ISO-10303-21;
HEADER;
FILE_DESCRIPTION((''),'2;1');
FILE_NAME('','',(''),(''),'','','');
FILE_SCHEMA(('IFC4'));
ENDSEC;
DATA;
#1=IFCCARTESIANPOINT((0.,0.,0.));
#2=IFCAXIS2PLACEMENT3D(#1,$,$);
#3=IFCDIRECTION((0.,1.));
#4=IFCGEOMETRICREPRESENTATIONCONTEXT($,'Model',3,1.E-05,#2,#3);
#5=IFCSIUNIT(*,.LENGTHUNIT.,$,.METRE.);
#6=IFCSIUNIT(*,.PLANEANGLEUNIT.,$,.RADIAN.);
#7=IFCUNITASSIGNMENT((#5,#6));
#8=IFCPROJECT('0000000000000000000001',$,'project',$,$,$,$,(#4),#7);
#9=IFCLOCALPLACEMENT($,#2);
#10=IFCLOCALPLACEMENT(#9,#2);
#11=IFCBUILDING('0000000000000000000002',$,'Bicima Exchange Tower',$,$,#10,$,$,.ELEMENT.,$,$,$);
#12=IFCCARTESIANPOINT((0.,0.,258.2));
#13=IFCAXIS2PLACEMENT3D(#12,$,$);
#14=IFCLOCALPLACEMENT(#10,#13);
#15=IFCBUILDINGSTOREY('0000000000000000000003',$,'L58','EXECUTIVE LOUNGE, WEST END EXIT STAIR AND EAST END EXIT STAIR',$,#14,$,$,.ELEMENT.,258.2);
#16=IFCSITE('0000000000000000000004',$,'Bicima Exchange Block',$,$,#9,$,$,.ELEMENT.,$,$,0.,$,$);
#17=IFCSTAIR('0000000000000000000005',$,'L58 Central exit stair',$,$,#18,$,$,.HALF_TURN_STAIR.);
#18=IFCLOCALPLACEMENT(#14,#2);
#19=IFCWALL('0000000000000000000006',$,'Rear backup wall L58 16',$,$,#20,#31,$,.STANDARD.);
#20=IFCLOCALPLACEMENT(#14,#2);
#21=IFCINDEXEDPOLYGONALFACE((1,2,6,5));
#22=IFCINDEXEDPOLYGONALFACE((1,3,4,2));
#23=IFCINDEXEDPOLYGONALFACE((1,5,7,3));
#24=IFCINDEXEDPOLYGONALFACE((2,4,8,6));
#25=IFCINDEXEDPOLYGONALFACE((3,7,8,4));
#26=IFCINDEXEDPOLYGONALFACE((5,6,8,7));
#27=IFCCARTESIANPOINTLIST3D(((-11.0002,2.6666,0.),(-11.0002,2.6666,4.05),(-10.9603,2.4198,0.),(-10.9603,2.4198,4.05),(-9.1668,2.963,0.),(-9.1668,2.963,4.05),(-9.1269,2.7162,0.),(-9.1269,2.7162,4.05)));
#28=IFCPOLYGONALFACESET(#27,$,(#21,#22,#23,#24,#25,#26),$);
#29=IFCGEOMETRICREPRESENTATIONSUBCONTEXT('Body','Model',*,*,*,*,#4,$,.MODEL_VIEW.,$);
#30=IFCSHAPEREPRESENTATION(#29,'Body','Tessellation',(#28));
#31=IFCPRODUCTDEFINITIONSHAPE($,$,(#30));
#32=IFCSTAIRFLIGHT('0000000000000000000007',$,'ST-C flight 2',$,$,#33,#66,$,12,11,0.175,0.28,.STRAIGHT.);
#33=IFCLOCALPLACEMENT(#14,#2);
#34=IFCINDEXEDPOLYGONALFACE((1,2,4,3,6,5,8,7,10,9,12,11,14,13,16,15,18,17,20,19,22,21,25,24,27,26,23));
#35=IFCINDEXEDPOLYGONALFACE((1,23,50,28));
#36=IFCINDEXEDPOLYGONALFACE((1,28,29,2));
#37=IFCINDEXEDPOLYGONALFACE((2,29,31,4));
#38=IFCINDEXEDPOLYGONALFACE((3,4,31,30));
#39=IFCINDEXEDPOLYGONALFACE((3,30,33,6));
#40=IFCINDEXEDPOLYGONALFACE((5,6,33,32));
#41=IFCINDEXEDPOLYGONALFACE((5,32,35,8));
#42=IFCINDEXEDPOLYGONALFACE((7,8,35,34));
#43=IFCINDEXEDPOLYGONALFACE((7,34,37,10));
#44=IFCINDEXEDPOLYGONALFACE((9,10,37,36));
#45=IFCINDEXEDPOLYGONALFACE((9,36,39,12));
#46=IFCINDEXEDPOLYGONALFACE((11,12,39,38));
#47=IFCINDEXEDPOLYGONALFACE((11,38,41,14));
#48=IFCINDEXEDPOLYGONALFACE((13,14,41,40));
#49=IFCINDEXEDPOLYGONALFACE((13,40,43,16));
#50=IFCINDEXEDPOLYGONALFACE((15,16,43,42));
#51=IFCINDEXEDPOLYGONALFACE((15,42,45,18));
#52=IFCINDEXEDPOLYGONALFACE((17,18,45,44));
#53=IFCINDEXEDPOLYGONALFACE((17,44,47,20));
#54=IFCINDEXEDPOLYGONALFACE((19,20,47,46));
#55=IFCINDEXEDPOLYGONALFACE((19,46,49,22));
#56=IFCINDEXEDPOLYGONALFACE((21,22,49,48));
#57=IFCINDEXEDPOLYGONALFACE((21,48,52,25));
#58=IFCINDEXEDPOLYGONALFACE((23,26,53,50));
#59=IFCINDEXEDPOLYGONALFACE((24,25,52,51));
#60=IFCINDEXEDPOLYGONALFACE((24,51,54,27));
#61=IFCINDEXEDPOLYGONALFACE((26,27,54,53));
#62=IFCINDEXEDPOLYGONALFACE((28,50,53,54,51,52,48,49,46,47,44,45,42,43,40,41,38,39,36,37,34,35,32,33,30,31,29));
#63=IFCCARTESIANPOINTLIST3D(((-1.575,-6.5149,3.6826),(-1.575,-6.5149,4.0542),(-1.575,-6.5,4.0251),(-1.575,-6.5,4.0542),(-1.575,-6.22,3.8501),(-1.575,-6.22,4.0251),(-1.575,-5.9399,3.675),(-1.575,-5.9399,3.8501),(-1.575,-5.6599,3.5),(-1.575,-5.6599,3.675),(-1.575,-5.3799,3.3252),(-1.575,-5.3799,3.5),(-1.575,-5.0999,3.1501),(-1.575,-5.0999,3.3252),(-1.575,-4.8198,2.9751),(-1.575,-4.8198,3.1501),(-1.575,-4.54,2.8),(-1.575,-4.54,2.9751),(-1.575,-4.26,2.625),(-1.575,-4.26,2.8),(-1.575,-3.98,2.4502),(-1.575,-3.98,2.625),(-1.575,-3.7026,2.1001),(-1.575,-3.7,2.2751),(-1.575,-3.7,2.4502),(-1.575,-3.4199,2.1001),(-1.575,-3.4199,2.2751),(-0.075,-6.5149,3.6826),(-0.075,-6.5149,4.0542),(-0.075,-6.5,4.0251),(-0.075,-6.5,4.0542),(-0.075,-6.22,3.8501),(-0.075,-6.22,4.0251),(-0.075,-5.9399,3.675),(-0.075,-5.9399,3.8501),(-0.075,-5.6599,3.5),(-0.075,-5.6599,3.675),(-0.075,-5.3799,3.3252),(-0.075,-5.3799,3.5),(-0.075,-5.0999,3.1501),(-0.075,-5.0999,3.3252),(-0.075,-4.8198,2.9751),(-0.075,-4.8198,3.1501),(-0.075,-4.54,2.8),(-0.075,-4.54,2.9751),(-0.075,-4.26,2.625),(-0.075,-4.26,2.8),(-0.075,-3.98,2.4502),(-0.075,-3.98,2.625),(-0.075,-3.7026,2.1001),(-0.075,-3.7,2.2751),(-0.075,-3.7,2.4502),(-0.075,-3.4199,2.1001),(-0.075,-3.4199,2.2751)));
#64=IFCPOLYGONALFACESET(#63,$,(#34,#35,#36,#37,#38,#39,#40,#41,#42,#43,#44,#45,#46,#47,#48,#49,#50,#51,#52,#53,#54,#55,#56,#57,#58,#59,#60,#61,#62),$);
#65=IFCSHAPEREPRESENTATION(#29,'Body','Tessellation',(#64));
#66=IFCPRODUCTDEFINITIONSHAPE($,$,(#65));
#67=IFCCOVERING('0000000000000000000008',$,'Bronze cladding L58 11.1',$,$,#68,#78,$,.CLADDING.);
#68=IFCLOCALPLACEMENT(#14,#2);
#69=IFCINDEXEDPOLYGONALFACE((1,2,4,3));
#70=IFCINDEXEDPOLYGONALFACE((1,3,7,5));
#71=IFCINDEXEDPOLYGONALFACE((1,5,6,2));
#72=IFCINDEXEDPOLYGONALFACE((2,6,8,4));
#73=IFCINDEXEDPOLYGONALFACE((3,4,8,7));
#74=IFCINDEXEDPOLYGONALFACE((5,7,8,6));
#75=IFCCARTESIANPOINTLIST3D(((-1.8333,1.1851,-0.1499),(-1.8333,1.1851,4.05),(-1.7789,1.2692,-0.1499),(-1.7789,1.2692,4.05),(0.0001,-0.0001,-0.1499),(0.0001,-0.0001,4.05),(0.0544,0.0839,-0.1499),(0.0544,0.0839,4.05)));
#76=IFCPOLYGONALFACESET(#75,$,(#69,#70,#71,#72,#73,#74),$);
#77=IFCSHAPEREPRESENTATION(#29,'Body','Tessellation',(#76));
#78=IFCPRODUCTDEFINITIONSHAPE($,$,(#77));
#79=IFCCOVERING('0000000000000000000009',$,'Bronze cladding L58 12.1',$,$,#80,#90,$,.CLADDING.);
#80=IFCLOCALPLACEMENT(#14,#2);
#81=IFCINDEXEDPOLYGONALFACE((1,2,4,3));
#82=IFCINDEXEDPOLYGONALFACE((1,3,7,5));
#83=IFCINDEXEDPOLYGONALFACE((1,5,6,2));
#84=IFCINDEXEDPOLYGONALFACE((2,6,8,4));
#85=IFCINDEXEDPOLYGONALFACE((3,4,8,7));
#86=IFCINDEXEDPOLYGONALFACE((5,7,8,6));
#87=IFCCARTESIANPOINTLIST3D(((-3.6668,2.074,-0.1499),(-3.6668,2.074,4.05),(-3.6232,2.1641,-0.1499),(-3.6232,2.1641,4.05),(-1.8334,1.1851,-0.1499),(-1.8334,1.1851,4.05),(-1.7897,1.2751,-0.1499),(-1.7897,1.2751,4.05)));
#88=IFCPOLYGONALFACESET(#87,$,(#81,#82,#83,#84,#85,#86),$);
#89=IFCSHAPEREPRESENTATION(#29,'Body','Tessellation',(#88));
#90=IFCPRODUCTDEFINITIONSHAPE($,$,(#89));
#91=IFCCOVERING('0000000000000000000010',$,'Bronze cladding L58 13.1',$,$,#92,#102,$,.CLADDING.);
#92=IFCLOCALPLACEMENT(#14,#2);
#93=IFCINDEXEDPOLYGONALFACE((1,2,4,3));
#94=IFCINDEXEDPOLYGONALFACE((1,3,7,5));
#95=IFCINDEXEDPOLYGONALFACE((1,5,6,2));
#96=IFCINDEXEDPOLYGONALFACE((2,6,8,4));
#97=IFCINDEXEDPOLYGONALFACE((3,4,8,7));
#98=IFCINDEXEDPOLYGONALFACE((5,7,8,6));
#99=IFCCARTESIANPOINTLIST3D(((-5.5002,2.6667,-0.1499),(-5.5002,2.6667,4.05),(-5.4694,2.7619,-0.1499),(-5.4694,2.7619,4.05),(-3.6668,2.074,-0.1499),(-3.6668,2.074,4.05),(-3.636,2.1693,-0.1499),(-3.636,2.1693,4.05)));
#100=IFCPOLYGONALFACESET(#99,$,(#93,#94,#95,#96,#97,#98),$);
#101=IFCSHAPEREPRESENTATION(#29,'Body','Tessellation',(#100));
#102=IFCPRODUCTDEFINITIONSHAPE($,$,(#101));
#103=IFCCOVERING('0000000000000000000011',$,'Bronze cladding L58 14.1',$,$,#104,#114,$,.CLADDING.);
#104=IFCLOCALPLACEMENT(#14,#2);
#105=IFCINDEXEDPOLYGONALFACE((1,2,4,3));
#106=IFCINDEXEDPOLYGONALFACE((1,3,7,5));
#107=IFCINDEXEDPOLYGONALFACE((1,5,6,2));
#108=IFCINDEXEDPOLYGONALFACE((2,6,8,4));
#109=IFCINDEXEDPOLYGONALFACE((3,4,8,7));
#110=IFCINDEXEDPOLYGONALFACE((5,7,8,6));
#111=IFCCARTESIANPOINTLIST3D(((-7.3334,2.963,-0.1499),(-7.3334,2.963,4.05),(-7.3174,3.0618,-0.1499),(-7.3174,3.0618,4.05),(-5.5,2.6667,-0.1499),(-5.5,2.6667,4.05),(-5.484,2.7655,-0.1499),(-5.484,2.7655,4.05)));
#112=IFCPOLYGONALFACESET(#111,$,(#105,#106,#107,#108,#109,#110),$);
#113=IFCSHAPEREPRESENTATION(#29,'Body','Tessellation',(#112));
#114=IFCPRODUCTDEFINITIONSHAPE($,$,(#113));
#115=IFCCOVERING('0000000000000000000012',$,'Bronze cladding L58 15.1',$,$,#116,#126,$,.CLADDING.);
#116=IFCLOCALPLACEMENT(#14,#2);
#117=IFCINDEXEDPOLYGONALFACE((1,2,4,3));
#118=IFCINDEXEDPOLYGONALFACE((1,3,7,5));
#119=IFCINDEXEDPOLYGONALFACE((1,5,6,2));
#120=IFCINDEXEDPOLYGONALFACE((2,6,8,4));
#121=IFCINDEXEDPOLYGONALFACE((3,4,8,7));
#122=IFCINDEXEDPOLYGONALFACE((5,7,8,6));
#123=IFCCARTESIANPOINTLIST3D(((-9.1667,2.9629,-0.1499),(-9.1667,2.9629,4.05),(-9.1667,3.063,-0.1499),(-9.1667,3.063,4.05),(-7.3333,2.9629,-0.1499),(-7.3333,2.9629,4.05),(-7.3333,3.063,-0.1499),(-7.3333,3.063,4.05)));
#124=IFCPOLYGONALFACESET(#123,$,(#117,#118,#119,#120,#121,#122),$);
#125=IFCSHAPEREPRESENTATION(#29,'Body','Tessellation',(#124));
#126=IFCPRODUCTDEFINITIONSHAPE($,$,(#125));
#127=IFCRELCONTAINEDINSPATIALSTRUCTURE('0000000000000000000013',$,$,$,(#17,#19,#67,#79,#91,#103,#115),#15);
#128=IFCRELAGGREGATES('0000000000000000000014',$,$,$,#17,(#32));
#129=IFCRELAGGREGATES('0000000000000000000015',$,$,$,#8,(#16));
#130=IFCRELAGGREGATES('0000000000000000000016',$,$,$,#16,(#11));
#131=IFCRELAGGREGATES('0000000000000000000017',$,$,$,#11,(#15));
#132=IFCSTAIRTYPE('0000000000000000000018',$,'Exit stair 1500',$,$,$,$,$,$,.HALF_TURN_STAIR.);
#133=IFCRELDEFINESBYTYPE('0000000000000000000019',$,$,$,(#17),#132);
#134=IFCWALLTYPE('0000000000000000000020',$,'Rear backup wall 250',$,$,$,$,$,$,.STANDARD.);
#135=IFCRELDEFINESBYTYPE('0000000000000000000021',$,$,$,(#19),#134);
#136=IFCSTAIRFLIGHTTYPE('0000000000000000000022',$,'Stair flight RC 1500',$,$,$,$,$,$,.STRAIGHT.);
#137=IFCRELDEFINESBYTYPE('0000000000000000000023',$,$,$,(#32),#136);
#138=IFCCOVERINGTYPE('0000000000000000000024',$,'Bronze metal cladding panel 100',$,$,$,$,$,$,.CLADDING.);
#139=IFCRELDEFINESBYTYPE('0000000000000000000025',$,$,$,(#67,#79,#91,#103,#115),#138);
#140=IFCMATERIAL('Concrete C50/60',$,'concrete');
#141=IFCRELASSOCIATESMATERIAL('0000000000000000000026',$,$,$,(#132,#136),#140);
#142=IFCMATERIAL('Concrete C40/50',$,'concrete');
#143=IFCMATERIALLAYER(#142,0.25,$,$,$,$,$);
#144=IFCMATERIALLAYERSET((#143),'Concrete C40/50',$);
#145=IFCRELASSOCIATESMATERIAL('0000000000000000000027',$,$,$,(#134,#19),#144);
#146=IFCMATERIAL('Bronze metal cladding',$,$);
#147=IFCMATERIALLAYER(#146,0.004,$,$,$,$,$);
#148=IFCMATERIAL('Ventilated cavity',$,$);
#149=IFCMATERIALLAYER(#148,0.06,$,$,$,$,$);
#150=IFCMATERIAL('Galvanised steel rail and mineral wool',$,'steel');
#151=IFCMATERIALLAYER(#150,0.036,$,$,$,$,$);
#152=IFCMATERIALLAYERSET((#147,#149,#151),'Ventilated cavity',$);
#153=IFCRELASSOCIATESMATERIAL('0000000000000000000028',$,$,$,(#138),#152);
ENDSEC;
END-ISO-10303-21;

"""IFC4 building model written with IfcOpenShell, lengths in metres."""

from ifc_helpers import new_model, si_unit, direction, frame, frame_2d, origin, origin_2d, place, context, subcontext, project, spatial, polyline, rectangle, outline, extrude, material, layer, layer_set, layer_usage, type_object, element, aggregate, save


model = new_model("IFC4")

# Units and contexts
model_context = context("Model", 3, precision=1e-05, world=origin(), true_north=direction((0.0, 1.0)))
body_context = subcontext(model_context, "Body", "Model", "MODEL_VIEW")
ifc_project = project(units=[si_unit("LENGTHUNIT", "METRE"), si_unit("PLANEANGLEUNIT", "RADIAN")], contexts=[model_context])

# Site, building, storey
site_placement = place(None, origin())
site = spatial("IfcSite", under=ifc_project, at=site_placement, Name="Bicima Exchange Block", CompositionType="ELEMENT", RefElevation=0.0)
building_placement = place(site_placement, origin())
building = spatial("IfcBuilding", under=site, at=building_placement, Name="Bicima Exchange Tower", CompositionType="ELEMENT")
storey_placement = place(building_placement, frame((0.0, 0.0, 258.2)))
storey = spatial("IfcBuildingStorey", under=building, at=storey_placement, Name="L58", Description="EXECUTIVE LOUNGE, WEST END EXIT STAIR AND EAST END EXIT STAIR", CompositionType="ELEMENT", Elevation=258.2)

# Shared definitions
ifc_material_1 = material(Name="Concrete C40/50", Category="concrete")

# Stair
ifc_material_2 = material(Name="Concrete C50/60", Category="concrete")
stair_type_1 = type_object("IfcStairType", Name="Exit stair 1500", PredefinedType="HALF_TURN_STAIR", material=ifc_material_2)
stair_1_placement = place(storey_placement, origin())
stair_1 = element("IfcStair", 1, at=stair_1_placement, inside=storey, type_object=stair_type_1, Name="L58 Central exit stair", PredefinedType="HALF_TURN_STAIR")

# Wall
ifc_layer_1 = layer(ifc_material_1, 0.25)
ifc_layer_set_1 = layer_set([ifc_layer_1], Name="Concrete C40/50")
ifc_layer_usage = layer_usage(ifc_layer_set_1, "AXIS2", "POSITIVE", -0.125)
wall_type_1 = type_object("IfcWallType", Name="Rear backup wall 250", PredefinedType="STANDARD", material=ifc_layer_set_1)
wall_1_placement = place(storey_placement, frame((-9.1467, 2.8396, 0.0), z_axis=(0.0, 0.0, 1.0), x_axis=(-0.987182, -0.1596, 0.0)))
element("IfcWall", 2, at=wall_1_placement, inside=storey, type_object=wall_type_1, material=ifc_layer_usage, Name="Rear backup wall L58 16", PredefinedType="STANDARD", context=body_context, shape_type="SweptSolid", body=[
    extrude(rectangle(XDim=1.8572, YDim=0.25, at=frame_2d((0.9287, 0.0))), origin(), (0.0, 0.0, 1.0), 4.05),
])

# Stair flight
stair_flight_type = type_object("IfcStairFlightType", Name="Stair flight RC 1500", PredefinedType="STRAIGHT", material=ifc_material_2)
stair_flight_placement = place(storey_placement, frame((-0.825, -3.4199, 2.1001), z_axis=(0.0, 0.0, 1.0), x_axis=(0.0, -1.0, 0.0)))
stair_flight = element("IfcStairFlight", 3, at=stair_flight_placement, type_object=stair_flight_type, Name="ST-C flight 2", NumberOfRisers=12, NumberOfTreads=11, PredefinedType="STRAIGHT", RiserHeight=0.175, TreadLength=0.28, context=body_context, shape_type="SweptSolid", body=[
    extrude(outline(polyline([(0.0, 0.0), (0.0, 0.175), (0.28, 0.175), (0.28, 0.3501), (0.5601, 0.3501), (0.5601, 0.5249), (0.8401, 0.5249), (0.8401, 0.7), (1.1201, 0.7), (1.1201, 0.875), (1.3999, 0.875), (1.3999, 1.05), (1.6799, 1.05), (1.6799, 1.2251), (1.96, 1.2251), (1.96, 1.3999), (2.24, 1.3999), (2.24, 1.575), (2.52, 1.575), (2.52, 1.75), (2.8, 1.75), (2.8, 1.925), (3.0801, 1.925), (3.0801, 1.9541), (3.095, 1.9541), (3.095, 1.5825), (0.2827, 0.0), (0.0, 0.0)])), frame((0.0, 0.75, 0.0), z_axis=(0.0, -1.0, 0.0), x_axis=(1.0, 0.0, 0.0)), (0.0, 0.0, 1.0), 1.5),
])
aggregate(stair_1, [stair_flight])

# Coverings
ifc_material_3 = material(Name="Bronze metal cladding")
ifc_layer_2 = layer(ifc_material_3, 0.004)
ifc_material_4 = material(Name="Ventilated cavity")
ifc_layer_3 = layer(ifc_material_4, 0.06)
ifc_material_5 = material(Name="Galvanised steel rail and mineral wool", Category="steel")
ifc_layer_4 = layer(ifc_material_5, 0.036)
ifc_layer_set_2 = layer_set([ifc_layer_2, ifc_layer_3, ifc_layer_4], Name="Ventilated cavity")
covering_type = type_object("IfcCoveringType", Name="Bronze metal cladding panel 100", PredefinedType="CLADDING", material=ifc_layer_set_2)
covering_1_placement = place(storey_placement, frame((-0.8894, 0.6345, -0.1499), z_axis=(0.0, 0.0, 1.0), x_axis=(-0.83979, 0.542911, 0.0)))
element("IfcCovering", 4, at=covering_1_placement, inside=storey, type_object=covering_type, Name="Bronze cladding L58 11.1", PredefinedType="CLADDING", context=body_context, shape_type="SweptSolid", body=[
    extrude(rectangle(XDim=2.1831, YDim=0.1001, at=origin_2d()), origin(), (0.0, 0.0, 1.0), 4.2),
])
covering_2_placement = place(storey_placement, frame((-2.7283, 1.6746, -0.1499), z_axis=(0.0, 0.0, 1.0), x_axis=(-0.899818, 0.436265, 0.0)))
element("IfcCovering", 5, at=covering_2_placement, inside=storey, type_object=covering_type, Name="Bronze cladding L58 12.1", PredefinedType="CLADDING", context=body_context, shape_type="SweptSolid", body=[
    extrude(rectangle(XDim=2.0376, YDim=0.1001, at=origin_2d()), origin(), (0.0, 0.0, 1.0), 4.2),
])
covering_3_placement = place(storey_placement, frame((-4.5681, 2.418, -0.1499), z_axis=(0.0, 0.0, 1.0), x_axis=(-0.951525, 0.307573, 0.0)))
element("IfcCovering", 6, at=covering_3_placement, inside=storey, type_object=covering_type, Name="Bronze cladding L58 13.1", PredefinedType="CLADDING", context=body_context, shape_type="SweptSolid", body=[
    extrude(rectangle(XDim=1.9268, YDim=0.1001, at=origin_2d()), origin(), (0.0, 0.0, 1.0), 4.2),
])
covering_4_placement = place(storey_placement, frame((-6.4087, 2.8643, -0.1499), z_axis=(0.0, 0.0, 1.0), x_axis=(-0.98719, 0.15955, 0.0)))
element("IfcCovering", 7, at=covering_4_placement, inside=storey, type_object=covering_type, Name="Bronze cladding L58 14.1", PredefinedType="CLADDING", context=body_context, shape_type="SweptSolid", body=[
    extrude(rectangle(XDim=1.8572, YDim=0.1001, at=origin_2d()), origin(), (0.0, 0.0, 1.0), 4.2),
])
covering_5_placement = place(storey_placement, frame((-8.25, 3.0129, -0.1499), z_axis=(0.0, 0.0, 1.0), x_axis=(-1.0, 0.0, 0.0)))
element("IfcCovering", 8, at=covering_5_placement, inside=storey, type_object=covering_type, Name="Bronze cladding L58 15.1", PredefinedType="CLADDING", context=body_context, shape_type="SweptSolid", body=[
    extrude(rectangle(XDim=1.8335, YDim=0.1001, at=origin_2d()), origin(), (0.0, 0.0, 1.0), 4.2),
])

save(model, "model.ifc")
